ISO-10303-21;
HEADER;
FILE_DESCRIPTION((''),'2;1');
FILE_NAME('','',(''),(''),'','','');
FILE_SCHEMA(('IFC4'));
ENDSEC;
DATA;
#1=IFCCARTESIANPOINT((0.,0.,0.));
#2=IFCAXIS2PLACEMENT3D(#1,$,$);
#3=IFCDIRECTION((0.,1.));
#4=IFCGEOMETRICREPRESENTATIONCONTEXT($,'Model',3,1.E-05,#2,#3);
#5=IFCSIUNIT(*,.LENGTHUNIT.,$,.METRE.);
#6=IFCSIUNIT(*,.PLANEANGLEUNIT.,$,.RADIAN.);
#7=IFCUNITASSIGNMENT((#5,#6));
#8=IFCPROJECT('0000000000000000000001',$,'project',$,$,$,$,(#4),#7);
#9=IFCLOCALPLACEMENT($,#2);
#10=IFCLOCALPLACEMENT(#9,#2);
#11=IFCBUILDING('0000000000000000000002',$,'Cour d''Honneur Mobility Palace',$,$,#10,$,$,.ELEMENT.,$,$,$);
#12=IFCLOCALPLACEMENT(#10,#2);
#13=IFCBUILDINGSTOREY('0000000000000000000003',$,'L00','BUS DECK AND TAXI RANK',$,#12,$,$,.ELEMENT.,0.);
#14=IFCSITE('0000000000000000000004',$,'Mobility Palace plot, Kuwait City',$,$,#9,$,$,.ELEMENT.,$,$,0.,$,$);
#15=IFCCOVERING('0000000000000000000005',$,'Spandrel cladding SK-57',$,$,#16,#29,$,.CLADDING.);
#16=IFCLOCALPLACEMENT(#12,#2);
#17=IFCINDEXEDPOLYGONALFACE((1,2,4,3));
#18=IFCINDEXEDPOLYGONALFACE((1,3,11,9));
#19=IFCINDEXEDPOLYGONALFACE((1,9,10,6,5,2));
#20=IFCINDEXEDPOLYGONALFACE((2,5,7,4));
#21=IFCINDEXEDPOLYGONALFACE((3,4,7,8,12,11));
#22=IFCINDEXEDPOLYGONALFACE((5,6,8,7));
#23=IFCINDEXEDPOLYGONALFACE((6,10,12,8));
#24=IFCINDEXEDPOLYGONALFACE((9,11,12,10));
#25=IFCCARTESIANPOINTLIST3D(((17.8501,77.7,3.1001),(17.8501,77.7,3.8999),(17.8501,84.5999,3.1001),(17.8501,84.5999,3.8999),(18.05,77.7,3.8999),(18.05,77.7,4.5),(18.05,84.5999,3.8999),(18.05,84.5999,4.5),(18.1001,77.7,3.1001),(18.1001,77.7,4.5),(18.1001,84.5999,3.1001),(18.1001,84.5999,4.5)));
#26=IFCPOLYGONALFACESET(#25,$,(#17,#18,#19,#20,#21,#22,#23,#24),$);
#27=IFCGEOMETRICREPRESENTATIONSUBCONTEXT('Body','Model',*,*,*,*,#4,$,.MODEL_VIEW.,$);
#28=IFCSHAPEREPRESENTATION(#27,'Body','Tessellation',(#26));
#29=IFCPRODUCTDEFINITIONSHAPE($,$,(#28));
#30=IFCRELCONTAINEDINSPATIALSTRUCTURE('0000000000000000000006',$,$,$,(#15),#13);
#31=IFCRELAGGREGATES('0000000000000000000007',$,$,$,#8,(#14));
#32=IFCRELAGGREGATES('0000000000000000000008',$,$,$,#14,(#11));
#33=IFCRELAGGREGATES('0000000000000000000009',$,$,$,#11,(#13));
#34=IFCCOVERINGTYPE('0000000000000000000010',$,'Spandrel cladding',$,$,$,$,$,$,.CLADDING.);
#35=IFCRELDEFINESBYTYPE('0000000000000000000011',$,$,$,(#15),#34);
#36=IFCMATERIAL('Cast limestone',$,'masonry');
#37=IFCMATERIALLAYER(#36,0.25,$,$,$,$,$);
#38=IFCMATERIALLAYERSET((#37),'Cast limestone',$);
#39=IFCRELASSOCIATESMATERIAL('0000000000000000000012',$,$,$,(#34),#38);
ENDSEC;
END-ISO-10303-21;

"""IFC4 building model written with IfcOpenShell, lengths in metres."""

from ifc_helpers import new_model, si_unit, direction, frame, origin, place, context, subcontext, project, spatial, polyline, outline, extrude, material, layer, layer_set, type_object, element, save


model = new_model("IFC4")

# Units and contexts
model_context = context("Model", 3, precision=1e-05, world=origin(), true_north=direction((0.0, 1.0)))
body_context = subcontext(model_context, "Body", "Model", "MODEL_VIEW")
ifc_project = project(units=[si_unit("LENGTHUNIT", "METRE"), si_unit("PLANEANGLEUNIT", "RADIAN")], contexts=[model_context])

# Site, building, storey
site_placement = place(None, origin())
site = spatial("IfcSite", under=ifc_project, at=site_placement, Name="Mobility Palace plot, Kuwait City", CompositionType="ELEMENT", RefElevation=0.0)
building_placement = place(site_placement, origin())
building = spatial("IfcBuilding", under=site, at=building_placement, Name="Cour d'Honneur Mobility Palace", CompositionType="ELEMENT")
storey_placement = place(building_placement, origin())
storey = spatial("IfcBuildingStorey", under=building, at=storey_placement, Name="L00", Description="BUS DECK AND TAXI RANK", CompositionType="ELEMENT", Elevation=0.0)

# Covering
ifc_material_1 = material(Name="Cast limestone", Category="masonry")
ifc_layer_1 = layer(ifc_material_1, 0.25)
ifc_layer_set_1 = layer_set([ifc_layer_1], Name="Cast limestone")
covering_type_1 = type_object("IfcCoveringType", Name="Spandrel cladding", PredefinedType="CLADDING", material=ifc_layer_set_1)
covering_1_placement = place(storey_placement, frame((17.8501, 77.7, 3.1001), z_axis=(0.0, -1.0, 0.0), x_axis=(1.0, 0.0, 0.0)))
element("IfcCovering", 1, at=covering_1_placement, inside=storey, type_object=covering_type_1, Name="Spandrel cladding SK-57", PredefinedType="CLADDING", context=body_context, shape_type="SweptSolid", body=[
    extrude(outline(polyline([(0.0, 0.0), (0.25, 0.0), (0.25, 1.3999), (0.2, 1.3999), (0.2, 0.7998), (0.0, 0.7998), (0.0, 0.0)])), origin(), (0.0, 0.0, -1.0), 6.8999),
])

save(model, "model.ifc")
